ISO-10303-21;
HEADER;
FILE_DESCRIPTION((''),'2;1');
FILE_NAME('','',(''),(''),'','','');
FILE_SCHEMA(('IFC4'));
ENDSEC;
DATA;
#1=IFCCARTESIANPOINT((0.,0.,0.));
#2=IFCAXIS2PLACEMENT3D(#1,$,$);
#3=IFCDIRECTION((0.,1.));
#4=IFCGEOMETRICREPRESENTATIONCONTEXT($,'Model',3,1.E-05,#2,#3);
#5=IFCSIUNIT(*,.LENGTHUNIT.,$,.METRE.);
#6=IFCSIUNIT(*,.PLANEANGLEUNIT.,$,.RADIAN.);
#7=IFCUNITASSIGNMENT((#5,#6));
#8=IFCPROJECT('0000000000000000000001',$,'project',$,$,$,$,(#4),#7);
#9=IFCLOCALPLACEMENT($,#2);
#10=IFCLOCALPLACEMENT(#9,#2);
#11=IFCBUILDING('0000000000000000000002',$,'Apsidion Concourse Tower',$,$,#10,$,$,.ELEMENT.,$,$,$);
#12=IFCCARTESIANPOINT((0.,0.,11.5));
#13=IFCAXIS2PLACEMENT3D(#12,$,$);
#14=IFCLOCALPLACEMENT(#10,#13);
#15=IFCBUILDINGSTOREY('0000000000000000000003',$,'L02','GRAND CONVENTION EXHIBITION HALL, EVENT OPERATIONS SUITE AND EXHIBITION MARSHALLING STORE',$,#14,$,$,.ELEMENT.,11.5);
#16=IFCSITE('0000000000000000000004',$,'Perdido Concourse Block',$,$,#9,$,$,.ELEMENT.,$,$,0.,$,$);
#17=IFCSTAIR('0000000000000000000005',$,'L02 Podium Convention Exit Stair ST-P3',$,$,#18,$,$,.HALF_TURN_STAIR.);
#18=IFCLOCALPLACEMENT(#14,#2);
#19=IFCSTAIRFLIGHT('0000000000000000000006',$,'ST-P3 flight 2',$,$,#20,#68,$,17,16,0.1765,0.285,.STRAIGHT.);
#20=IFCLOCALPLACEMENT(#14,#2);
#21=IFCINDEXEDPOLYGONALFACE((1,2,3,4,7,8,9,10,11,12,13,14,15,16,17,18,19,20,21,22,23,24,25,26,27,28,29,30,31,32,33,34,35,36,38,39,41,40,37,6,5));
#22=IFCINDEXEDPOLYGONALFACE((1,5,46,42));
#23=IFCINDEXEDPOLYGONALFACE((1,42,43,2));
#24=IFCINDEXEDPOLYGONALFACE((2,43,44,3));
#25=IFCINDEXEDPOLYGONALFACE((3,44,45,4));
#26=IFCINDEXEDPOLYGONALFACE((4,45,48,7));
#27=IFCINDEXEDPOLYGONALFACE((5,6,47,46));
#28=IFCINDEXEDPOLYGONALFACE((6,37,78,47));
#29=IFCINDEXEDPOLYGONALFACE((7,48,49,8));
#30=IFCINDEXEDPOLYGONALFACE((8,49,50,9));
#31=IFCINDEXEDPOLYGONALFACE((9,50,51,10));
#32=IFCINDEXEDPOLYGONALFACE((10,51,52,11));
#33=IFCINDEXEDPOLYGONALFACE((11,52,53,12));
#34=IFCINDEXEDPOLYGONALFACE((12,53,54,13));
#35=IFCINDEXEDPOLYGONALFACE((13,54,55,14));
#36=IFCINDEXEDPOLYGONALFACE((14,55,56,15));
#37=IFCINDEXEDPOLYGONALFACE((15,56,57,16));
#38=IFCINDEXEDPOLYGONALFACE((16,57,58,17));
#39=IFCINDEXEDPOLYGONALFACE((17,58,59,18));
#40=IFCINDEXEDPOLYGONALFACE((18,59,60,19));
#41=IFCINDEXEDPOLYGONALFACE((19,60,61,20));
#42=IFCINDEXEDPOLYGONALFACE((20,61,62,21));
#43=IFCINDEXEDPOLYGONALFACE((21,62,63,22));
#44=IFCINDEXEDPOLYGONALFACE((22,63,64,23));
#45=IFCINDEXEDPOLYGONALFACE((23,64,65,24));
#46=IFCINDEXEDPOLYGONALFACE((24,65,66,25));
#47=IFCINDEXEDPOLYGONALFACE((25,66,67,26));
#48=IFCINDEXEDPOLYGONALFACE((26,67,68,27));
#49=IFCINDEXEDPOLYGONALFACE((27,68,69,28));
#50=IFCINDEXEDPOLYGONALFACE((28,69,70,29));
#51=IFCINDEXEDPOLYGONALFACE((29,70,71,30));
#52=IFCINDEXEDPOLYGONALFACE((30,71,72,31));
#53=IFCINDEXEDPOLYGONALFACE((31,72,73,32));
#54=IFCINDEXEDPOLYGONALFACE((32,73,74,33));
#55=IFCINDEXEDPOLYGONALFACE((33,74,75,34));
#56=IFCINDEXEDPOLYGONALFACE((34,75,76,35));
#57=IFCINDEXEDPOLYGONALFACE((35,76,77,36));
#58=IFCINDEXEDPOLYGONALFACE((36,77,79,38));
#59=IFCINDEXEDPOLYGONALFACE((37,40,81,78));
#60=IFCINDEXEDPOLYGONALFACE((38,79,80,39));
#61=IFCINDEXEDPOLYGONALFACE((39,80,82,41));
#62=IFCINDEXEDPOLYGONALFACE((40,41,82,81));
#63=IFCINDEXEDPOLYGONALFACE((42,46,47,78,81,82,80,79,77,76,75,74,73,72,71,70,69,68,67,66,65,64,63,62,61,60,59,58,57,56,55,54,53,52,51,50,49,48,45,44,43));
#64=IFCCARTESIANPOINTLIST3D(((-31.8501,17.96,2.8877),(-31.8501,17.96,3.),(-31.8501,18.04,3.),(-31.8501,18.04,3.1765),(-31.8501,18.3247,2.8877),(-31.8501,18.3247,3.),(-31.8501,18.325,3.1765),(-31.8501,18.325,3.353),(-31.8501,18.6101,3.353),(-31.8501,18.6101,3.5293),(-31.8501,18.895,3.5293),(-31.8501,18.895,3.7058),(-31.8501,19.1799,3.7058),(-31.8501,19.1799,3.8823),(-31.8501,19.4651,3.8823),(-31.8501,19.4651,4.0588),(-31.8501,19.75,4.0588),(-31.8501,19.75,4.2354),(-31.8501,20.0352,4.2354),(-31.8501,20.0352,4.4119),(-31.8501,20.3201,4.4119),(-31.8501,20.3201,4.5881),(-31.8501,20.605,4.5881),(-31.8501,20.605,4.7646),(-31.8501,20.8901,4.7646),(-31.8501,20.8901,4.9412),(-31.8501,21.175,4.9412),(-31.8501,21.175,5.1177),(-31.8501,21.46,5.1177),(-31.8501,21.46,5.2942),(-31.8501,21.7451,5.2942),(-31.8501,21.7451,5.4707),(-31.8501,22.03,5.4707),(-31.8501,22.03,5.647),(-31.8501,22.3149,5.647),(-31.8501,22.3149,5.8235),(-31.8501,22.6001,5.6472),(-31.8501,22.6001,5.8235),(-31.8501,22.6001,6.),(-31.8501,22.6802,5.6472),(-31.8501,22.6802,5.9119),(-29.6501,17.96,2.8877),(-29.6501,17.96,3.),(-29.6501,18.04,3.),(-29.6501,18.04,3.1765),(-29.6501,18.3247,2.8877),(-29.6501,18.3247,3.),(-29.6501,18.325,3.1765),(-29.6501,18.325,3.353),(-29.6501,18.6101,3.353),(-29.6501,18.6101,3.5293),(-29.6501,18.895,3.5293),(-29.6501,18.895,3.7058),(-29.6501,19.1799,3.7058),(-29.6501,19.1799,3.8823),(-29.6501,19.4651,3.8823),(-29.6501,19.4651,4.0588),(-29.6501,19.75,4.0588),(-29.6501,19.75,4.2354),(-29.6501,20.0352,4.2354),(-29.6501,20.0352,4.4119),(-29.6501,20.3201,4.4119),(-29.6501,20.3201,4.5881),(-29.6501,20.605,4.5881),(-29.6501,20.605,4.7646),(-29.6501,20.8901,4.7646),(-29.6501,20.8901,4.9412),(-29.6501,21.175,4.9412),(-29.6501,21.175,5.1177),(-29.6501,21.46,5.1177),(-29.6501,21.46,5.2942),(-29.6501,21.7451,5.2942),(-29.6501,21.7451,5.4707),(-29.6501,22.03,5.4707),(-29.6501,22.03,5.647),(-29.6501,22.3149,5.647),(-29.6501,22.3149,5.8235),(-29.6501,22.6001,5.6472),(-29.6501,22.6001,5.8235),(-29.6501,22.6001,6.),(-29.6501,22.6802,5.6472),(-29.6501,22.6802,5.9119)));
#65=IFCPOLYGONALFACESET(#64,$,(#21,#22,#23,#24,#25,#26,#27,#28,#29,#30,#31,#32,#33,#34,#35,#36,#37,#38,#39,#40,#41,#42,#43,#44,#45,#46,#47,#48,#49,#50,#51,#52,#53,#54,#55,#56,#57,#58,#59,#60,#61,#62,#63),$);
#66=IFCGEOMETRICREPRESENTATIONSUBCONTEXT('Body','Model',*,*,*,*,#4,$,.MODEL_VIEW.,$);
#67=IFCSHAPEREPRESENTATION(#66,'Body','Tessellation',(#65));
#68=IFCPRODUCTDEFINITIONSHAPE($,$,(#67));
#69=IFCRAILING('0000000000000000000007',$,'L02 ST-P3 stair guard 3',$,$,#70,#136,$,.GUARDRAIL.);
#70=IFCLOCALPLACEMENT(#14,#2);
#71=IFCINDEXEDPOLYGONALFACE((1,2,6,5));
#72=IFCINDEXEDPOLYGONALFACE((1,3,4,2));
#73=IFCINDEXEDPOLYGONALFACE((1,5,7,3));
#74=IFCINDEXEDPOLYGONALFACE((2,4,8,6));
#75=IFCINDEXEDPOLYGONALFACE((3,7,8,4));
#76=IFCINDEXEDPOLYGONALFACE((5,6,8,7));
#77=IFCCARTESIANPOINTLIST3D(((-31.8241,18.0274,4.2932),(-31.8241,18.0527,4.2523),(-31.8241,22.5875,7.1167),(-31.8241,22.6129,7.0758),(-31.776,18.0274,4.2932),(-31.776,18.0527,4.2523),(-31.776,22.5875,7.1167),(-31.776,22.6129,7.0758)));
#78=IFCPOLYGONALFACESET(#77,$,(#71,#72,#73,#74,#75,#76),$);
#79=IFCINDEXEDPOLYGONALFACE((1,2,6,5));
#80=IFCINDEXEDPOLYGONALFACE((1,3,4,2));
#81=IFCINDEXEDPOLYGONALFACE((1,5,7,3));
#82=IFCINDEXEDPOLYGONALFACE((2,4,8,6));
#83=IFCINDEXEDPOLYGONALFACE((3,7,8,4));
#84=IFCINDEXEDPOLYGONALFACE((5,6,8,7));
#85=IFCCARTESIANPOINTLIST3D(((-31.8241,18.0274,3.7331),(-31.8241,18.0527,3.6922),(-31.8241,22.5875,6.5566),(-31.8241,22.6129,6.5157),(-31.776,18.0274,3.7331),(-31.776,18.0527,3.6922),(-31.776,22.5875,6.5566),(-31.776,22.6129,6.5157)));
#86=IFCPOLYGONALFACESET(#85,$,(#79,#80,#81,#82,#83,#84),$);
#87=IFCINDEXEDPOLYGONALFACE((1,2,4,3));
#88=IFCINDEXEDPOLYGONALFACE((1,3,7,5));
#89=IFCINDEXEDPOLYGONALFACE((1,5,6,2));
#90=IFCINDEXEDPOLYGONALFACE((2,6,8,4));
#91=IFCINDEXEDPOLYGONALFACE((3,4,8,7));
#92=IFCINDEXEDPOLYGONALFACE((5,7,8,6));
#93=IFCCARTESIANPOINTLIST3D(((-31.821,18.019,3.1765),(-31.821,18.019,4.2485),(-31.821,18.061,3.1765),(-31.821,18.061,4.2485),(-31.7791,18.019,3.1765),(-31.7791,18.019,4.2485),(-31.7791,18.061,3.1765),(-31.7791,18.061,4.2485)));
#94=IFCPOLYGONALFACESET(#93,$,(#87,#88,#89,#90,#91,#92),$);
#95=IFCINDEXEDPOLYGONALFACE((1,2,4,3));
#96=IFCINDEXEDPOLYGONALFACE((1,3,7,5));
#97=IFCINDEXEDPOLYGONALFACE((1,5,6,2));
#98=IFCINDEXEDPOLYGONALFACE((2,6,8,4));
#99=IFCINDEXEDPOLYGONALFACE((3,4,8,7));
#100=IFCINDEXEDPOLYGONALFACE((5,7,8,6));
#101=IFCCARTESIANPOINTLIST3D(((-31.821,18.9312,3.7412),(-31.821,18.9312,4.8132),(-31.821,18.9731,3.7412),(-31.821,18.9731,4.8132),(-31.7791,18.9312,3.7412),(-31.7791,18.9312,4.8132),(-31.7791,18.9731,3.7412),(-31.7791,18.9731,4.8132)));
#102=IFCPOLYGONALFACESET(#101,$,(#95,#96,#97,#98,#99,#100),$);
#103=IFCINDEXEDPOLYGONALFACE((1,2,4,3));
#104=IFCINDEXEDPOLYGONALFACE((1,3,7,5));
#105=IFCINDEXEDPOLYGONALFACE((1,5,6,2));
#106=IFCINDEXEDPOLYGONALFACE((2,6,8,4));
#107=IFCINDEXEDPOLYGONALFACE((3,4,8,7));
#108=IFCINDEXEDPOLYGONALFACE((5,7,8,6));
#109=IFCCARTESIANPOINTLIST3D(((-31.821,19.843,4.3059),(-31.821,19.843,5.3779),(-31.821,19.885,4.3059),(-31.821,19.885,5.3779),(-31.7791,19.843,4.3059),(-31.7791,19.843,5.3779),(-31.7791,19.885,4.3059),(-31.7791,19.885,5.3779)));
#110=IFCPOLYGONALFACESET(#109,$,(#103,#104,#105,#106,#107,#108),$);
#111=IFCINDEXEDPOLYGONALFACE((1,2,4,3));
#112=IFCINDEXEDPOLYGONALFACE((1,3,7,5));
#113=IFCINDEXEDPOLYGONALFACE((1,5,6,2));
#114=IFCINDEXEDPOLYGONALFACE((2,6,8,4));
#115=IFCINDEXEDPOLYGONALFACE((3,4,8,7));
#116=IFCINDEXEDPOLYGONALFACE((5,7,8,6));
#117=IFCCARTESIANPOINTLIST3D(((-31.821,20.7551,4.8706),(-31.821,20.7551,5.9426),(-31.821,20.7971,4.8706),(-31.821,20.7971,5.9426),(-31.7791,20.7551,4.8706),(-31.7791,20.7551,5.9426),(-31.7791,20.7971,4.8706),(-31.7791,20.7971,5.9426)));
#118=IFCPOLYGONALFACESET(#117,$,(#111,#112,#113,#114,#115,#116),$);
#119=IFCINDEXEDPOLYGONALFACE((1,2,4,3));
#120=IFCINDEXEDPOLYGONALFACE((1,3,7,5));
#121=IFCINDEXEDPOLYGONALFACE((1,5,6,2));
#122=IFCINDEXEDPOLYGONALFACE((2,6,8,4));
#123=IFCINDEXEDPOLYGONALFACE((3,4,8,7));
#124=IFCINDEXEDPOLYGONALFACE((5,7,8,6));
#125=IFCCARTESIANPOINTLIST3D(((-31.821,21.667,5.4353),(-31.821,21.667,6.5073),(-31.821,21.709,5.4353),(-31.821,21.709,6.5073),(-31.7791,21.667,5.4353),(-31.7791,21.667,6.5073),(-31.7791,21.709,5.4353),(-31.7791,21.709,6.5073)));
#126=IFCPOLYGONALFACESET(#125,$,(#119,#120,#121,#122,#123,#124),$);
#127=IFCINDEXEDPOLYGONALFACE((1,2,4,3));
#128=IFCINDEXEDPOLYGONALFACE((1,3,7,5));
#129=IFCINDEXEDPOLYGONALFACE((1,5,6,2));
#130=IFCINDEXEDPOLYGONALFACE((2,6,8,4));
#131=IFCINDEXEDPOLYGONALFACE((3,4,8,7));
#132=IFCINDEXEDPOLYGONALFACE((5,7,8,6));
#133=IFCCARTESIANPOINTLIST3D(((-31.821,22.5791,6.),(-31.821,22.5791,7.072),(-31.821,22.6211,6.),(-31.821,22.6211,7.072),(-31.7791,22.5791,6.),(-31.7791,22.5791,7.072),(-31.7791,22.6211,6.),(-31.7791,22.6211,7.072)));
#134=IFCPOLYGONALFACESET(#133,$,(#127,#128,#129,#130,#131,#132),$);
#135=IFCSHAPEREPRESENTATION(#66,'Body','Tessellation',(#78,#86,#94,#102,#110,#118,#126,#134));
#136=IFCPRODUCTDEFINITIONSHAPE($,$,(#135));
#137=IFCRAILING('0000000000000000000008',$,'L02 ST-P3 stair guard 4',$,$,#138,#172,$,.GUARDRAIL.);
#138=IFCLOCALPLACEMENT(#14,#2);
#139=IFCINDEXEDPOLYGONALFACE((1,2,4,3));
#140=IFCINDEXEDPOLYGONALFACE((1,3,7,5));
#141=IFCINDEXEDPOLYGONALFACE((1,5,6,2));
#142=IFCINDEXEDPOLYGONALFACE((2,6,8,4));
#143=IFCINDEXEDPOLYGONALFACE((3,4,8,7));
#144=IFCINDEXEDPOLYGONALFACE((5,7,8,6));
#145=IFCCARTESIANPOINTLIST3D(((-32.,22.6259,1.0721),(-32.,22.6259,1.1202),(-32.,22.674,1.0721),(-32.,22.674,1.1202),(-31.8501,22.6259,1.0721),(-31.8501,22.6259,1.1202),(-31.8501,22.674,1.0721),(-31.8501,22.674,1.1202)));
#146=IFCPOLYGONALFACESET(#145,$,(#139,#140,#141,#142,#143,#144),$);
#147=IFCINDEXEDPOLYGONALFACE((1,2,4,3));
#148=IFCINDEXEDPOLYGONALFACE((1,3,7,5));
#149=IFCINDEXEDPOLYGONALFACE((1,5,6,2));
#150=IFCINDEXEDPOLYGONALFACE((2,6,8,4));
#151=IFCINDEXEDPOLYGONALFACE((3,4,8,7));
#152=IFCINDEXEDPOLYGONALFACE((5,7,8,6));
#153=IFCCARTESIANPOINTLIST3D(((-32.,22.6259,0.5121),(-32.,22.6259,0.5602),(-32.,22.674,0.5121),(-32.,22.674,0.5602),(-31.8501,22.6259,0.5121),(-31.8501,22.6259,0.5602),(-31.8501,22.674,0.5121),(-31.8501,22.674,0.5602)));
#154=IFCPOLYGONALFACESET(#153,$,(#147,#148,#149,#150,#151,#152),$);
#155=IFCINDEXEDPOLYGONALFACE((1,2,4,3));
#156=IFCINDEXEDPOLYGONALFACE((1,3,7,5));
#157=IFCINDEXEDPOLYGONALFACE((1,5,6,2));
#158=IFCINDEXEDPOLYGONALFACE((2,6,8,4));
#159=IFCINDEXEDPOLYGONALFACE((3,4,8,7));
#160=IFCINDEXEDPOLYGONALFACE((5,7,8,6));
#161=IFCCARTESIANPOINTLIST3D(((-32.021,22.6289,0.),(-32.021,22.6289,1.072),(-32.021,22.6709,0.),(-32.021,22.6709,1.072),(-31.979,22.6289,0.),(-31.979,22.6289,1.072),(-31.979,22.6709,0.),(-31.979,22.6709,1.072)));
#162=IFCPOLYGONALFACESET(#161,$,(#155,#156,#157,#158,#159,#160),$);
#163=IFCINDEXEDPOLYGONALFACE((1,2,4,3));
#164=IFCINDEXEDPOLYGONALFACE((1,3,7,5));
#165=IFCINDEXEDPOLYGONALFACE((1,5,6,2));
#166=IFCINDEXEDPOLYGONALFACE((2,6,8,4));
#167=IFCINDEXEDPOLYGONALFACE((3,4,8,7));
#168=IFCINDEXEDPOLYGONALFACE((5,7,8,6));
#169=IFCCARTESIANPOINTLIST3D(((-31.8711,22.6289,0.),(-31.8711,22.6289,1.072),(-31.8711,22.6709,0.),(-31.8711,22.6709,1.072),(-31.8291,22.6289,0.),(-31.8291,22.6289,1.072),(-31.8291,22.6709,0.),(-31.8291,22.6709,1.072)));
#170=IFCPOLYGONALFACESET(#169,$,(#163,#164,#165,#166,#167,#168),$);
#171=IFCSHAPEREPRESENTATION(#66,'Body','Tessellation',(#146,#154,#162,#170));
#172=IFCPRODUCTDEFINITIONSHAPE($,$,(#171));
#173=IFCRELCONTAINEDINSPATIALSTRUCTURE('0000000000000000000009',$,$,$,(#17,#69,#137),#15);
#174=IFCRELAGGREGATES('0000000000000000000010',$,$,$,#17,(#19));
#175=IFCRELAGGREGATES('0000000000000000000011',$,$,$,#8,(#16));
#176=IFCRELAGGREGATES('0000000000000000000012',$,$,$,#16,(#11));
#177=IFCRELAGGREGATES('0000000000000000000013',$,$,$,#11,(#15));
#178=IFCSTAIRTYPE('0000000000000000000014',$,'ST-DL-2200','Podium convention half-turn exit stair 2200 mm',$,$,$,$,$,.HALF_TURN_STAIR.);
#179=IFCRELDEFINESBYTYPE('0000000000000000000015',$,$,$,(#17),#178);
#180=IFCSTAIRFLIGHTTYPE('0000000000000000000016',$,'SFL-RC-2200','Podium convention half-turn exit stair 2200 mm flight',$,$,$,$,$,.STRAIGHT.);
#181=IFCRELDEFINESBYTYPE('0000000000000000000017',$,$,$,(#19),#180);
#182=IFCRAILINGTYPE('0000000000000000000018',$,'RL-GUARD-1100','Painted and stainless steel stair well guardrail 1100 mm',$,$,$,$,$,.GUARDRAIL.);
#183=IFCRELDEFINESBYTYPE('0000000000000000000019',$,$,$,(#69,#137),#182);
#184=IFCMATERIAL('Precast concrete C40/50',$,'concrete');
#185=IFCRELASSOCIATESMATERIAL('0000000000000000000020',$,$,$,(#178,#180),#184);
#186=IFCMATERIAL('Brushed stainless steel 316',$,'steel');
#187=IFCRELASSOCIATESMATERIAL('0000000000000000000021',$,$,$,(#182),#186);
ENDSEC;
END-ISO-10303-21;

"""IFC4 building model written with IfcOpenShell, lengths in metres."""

from ifc_helpers import new_model, si_unit, direction, frame, origin, origin_2d, place, context, subcontext, project, spatial, polyline, rectangle, outline, extrude, material, type_object, element, aggregate, save


model = new_model("IFC4")

# Units and contexts
model_context = context("Model", 3, precision=1e-05, world=origin(), true_north=direction((0.0, 1.0)))
body_context = subcontext(model_context, "Body", "Model", "MODEL_VIEW")
ifc_project = project(units=[si_unit("LENGTHUNIT", "METRE"), si_unit("PLANEANGLEUNIT", "RADIAN")], contexts=[model_context])

# Site, building, storey
site_placement = place(None, origin())
site = spatial("IfcSite", under=ifc_project, at=site_placement, Name="Perdido Concourse Block", CompositionType="ELEMENT", RefElevation=0.0)
building_placement = place(site_placement, origin())
building = spatial("IfcBuilding", under=site, at=building_placement, Name="Apsidion Concourse Tower", CompositionType="ELEMENT")
storey_placement = place(building_placement, frame((0.0, 0.0, 11.5)))
storey = spatial("IfcBuildingStorey", under=building, at=storey_placement, Name="L02", Description="GRAND CONVENTION EXHIBITION HALL, EVENT OPERATIONS SUITE AND EXHIBITION MARSHALLING STORE", CompositionType="ELEMENT", Elevation=11.5)

# Shared definitions
ifc_material_1 = material(Name="Brushed stainless steel 316", Category="steel")

# Stair, stair flight
ifc_material_2 = material(Name="Precast concrete C40/50", Category="concrete")
stair_type = type_object("IfcStairType", Name="ST-DL-2200", Description="Podium convention half-turn exit stair 2200 mm", PredefinedType="HALF_TURN_STAIR", material=ifc_material_2)
stair_placement = place(storey_placement, origin())
stair = element("IfcStair", 1, at=stair_placement, inside=storey, type_object=stair_type, Name="L02 Podium Convention Exit Stair ST-P3", PredefinedType="HALF_TURN_STAIR")
stair_flight_type = type_object("IfcStairFlightType", Name="SFL-RC-2200", Description="Podium convention half-turn exit stair 2200 mm flight", PredefinedType="STRAIGHT", material=ifc_material_2)
stair_flight_placement = place(storey_placement, frame((-30.75, 18.04, 3.0), z_axis=(0.0, 0.0, 1.0), x_axis=(0.0, 1.0, 0.0)))
stair_flight = element("IfcStairFlight", 2, at=stair_flight_placement, type_object=stair_flight_type, Name="ST-P3 flight 2", NumberOfRisers=17, NumberOfTreads=16, PredefinedType="STRAIGHT", RiserHeight=0.1765, TreadLength=0.285, context=body_context, shape_type="SweptSolid", body=[
    extrude(outline(polyline([(-0.0801, -0.1123), (-0.0801, 0.0), (0.0, 0.0), (0.0, 0.1765), (0.2849, 0.1765), (0.2849, 0.353), (0.5701, 0.353), (0.5701, 0.5293), (0.855, 0.5293), (0.855, 0.7058), (1.1399, 0.7058), (1.1399, 0.8823), (1.425, 0.8823), (1.425, 1.0588), (1.71, 1.0588), (1.71, 1.2354), (1.9951, 1.2354), (1.9951, 1.4119), (2.28, 1.4119), (2.28, 1.5881), (2.5649, 1.5881), (2.5649, 1.7646), (2.8501, 1.7646), (2.8501, 1.9412), (3.135, 1.9412), (3.135, 2.1177), (3.4199, 2.1177), (3.4199, 2.2942), (3.7051, 2.2942), (3.7051, 2.4707), (3.99, 2.4707), (3.99, 2.647), (4.2749, 2.647), (4.2749, 2.8235), (4.5601, 2.8235), (4.5601, 3.0), (4.6401, 2.9119), (4.6401, 2.6472), (4.5601, 2.6472), (0.2847, 0.0), (0.2847, -0.1123), (-0.0801, -0.1123)])), frame((0.0, 1.1001, 0.0), z_axis=(0.0, -1.0, 0.0), x_axis=(1.0, 0.0, 0.0)), (0.0, 0.0, 1.0), 2.2),
])
aggregate(stair, [stair_flight])

# Railings
railing_type_1 = type_object("IfcRailingType", Name="RL-GUARD-1100", Description="Painted and stainless steel stair well guardrail 1100 mm", PredefinedType="GUARDRAIL", material=ifc_material_1)
railing_1_placement = place(storey_placement, frame((-31.8, 18.04, 3.1765)))
element("IfcRailing", 3, at=railing_1_placement, inside=storey, type_object=railing_type_1, Name="L02 ST-P3 stair guard 3", PredefinedType="GUARDRAIL", context=body_context, shape_type="SweptSolid", body=[
    extrude(rectangle(XDim=0.0481, YDim=0.0481, at=origin_2d()), frame((0.0, 0.0, 1.0962), z_axis=(0.0, 0.850216, 0.526435), x_axis=(-1.0, 0.0, 0.0)), (0.0, 0.0, 1.0), 5.3635),
    extrude(rectangle(XDim=0.0481, YDim=0.0481, at=origin_2d()), frame((0.0, 0.0, 0.5361), z_axis=(0.0, 0.850216, 0.526435), x_axis=(-1.0, 0.0, 0.0)), (0.0, 0.0, 1.0), 5.3635),
    extrude(rectangle(XDim=0.042, YDim=0.042, at=origin_2d()), origin(), (0.0, 0.0, 1.0), 1.072),
    extrude(rectangle(XDim=0.042, YDim=0.042, at=origin_2d()), frame((0.0, 0.9121, 0.5647)), (0.0, 0.0, 1.0), 1.072),
    extrude(rectangle(XDim=0.042, YDim=0.042, at=origin_2d()), frame((0.0, 1.824, 1.1294)), (0.0, 0.0, 1.0), 1.072),
    extrude(rectangle(XDim=0.042, YDim=0.042, at=origin_2d()), frame((0.0, 2.7361, 1.6941)), (0.0, 0.0, 1.0), 1.072),
    extrude(rectangle(XDim=0.042, YDim=0.042, at=origin_2d()), frame((0.0, 3.6479, 2.2588)), (0.0, 0.0, 1.0), 1.072),
    extrude(rectangle(XDim=0.042, YDim=0.042, at=origin_2d()), frame((0.0, 4.5601, 2.8235)), (0.0, 0.0, 1.0), 1.072),
])
railing_2_placement = place(storey_placement, frame((-32.0, 22.6499, 0.0)))
element("IfcRailing", 4, at=railing_2_placement, inside=storey, type_object=railing_type_1, Name="L02 ST-P3 stair guard 4", PredefinedType="GUARDRAIL", context=body_context, shape_type="SweptSolid", body=[
    extrude(rectangle(XDim=0.0481, YDim=0.0481, at=origin_2d()), frame((0.0, 0.0, 1.0962), z_axis=(1.0, 0.0, 0.0), x_axis=(0.0, 1.0, 0.0)), (0.0, 0.0, 1.0), 0.1499),
    extrude(rectangle(XDim=0.0481, YDim=0.0481, at=origin_2d()), frame((0.0, 0.0, 0.5361), z_axis=(1.0, 0.0, 0.0), x_axis=(0.0, 1.0, 0.0)), (0.0, 0.0, 1.0), 0.1499),
    extrude(rectangle(XDim=0.042, YDim=0.042, at=origin_2d()), origin(), (0.0, 0.0, 1.0), 1.072),
    extrude(rectangle(XDim=0.042, YDim=0.042, at=origin_2d()), frame((0.1499, 0.0, 0.0)), (0.0, 0.0, 1.0), 1.072),
])

save(model, "model.ifc")
